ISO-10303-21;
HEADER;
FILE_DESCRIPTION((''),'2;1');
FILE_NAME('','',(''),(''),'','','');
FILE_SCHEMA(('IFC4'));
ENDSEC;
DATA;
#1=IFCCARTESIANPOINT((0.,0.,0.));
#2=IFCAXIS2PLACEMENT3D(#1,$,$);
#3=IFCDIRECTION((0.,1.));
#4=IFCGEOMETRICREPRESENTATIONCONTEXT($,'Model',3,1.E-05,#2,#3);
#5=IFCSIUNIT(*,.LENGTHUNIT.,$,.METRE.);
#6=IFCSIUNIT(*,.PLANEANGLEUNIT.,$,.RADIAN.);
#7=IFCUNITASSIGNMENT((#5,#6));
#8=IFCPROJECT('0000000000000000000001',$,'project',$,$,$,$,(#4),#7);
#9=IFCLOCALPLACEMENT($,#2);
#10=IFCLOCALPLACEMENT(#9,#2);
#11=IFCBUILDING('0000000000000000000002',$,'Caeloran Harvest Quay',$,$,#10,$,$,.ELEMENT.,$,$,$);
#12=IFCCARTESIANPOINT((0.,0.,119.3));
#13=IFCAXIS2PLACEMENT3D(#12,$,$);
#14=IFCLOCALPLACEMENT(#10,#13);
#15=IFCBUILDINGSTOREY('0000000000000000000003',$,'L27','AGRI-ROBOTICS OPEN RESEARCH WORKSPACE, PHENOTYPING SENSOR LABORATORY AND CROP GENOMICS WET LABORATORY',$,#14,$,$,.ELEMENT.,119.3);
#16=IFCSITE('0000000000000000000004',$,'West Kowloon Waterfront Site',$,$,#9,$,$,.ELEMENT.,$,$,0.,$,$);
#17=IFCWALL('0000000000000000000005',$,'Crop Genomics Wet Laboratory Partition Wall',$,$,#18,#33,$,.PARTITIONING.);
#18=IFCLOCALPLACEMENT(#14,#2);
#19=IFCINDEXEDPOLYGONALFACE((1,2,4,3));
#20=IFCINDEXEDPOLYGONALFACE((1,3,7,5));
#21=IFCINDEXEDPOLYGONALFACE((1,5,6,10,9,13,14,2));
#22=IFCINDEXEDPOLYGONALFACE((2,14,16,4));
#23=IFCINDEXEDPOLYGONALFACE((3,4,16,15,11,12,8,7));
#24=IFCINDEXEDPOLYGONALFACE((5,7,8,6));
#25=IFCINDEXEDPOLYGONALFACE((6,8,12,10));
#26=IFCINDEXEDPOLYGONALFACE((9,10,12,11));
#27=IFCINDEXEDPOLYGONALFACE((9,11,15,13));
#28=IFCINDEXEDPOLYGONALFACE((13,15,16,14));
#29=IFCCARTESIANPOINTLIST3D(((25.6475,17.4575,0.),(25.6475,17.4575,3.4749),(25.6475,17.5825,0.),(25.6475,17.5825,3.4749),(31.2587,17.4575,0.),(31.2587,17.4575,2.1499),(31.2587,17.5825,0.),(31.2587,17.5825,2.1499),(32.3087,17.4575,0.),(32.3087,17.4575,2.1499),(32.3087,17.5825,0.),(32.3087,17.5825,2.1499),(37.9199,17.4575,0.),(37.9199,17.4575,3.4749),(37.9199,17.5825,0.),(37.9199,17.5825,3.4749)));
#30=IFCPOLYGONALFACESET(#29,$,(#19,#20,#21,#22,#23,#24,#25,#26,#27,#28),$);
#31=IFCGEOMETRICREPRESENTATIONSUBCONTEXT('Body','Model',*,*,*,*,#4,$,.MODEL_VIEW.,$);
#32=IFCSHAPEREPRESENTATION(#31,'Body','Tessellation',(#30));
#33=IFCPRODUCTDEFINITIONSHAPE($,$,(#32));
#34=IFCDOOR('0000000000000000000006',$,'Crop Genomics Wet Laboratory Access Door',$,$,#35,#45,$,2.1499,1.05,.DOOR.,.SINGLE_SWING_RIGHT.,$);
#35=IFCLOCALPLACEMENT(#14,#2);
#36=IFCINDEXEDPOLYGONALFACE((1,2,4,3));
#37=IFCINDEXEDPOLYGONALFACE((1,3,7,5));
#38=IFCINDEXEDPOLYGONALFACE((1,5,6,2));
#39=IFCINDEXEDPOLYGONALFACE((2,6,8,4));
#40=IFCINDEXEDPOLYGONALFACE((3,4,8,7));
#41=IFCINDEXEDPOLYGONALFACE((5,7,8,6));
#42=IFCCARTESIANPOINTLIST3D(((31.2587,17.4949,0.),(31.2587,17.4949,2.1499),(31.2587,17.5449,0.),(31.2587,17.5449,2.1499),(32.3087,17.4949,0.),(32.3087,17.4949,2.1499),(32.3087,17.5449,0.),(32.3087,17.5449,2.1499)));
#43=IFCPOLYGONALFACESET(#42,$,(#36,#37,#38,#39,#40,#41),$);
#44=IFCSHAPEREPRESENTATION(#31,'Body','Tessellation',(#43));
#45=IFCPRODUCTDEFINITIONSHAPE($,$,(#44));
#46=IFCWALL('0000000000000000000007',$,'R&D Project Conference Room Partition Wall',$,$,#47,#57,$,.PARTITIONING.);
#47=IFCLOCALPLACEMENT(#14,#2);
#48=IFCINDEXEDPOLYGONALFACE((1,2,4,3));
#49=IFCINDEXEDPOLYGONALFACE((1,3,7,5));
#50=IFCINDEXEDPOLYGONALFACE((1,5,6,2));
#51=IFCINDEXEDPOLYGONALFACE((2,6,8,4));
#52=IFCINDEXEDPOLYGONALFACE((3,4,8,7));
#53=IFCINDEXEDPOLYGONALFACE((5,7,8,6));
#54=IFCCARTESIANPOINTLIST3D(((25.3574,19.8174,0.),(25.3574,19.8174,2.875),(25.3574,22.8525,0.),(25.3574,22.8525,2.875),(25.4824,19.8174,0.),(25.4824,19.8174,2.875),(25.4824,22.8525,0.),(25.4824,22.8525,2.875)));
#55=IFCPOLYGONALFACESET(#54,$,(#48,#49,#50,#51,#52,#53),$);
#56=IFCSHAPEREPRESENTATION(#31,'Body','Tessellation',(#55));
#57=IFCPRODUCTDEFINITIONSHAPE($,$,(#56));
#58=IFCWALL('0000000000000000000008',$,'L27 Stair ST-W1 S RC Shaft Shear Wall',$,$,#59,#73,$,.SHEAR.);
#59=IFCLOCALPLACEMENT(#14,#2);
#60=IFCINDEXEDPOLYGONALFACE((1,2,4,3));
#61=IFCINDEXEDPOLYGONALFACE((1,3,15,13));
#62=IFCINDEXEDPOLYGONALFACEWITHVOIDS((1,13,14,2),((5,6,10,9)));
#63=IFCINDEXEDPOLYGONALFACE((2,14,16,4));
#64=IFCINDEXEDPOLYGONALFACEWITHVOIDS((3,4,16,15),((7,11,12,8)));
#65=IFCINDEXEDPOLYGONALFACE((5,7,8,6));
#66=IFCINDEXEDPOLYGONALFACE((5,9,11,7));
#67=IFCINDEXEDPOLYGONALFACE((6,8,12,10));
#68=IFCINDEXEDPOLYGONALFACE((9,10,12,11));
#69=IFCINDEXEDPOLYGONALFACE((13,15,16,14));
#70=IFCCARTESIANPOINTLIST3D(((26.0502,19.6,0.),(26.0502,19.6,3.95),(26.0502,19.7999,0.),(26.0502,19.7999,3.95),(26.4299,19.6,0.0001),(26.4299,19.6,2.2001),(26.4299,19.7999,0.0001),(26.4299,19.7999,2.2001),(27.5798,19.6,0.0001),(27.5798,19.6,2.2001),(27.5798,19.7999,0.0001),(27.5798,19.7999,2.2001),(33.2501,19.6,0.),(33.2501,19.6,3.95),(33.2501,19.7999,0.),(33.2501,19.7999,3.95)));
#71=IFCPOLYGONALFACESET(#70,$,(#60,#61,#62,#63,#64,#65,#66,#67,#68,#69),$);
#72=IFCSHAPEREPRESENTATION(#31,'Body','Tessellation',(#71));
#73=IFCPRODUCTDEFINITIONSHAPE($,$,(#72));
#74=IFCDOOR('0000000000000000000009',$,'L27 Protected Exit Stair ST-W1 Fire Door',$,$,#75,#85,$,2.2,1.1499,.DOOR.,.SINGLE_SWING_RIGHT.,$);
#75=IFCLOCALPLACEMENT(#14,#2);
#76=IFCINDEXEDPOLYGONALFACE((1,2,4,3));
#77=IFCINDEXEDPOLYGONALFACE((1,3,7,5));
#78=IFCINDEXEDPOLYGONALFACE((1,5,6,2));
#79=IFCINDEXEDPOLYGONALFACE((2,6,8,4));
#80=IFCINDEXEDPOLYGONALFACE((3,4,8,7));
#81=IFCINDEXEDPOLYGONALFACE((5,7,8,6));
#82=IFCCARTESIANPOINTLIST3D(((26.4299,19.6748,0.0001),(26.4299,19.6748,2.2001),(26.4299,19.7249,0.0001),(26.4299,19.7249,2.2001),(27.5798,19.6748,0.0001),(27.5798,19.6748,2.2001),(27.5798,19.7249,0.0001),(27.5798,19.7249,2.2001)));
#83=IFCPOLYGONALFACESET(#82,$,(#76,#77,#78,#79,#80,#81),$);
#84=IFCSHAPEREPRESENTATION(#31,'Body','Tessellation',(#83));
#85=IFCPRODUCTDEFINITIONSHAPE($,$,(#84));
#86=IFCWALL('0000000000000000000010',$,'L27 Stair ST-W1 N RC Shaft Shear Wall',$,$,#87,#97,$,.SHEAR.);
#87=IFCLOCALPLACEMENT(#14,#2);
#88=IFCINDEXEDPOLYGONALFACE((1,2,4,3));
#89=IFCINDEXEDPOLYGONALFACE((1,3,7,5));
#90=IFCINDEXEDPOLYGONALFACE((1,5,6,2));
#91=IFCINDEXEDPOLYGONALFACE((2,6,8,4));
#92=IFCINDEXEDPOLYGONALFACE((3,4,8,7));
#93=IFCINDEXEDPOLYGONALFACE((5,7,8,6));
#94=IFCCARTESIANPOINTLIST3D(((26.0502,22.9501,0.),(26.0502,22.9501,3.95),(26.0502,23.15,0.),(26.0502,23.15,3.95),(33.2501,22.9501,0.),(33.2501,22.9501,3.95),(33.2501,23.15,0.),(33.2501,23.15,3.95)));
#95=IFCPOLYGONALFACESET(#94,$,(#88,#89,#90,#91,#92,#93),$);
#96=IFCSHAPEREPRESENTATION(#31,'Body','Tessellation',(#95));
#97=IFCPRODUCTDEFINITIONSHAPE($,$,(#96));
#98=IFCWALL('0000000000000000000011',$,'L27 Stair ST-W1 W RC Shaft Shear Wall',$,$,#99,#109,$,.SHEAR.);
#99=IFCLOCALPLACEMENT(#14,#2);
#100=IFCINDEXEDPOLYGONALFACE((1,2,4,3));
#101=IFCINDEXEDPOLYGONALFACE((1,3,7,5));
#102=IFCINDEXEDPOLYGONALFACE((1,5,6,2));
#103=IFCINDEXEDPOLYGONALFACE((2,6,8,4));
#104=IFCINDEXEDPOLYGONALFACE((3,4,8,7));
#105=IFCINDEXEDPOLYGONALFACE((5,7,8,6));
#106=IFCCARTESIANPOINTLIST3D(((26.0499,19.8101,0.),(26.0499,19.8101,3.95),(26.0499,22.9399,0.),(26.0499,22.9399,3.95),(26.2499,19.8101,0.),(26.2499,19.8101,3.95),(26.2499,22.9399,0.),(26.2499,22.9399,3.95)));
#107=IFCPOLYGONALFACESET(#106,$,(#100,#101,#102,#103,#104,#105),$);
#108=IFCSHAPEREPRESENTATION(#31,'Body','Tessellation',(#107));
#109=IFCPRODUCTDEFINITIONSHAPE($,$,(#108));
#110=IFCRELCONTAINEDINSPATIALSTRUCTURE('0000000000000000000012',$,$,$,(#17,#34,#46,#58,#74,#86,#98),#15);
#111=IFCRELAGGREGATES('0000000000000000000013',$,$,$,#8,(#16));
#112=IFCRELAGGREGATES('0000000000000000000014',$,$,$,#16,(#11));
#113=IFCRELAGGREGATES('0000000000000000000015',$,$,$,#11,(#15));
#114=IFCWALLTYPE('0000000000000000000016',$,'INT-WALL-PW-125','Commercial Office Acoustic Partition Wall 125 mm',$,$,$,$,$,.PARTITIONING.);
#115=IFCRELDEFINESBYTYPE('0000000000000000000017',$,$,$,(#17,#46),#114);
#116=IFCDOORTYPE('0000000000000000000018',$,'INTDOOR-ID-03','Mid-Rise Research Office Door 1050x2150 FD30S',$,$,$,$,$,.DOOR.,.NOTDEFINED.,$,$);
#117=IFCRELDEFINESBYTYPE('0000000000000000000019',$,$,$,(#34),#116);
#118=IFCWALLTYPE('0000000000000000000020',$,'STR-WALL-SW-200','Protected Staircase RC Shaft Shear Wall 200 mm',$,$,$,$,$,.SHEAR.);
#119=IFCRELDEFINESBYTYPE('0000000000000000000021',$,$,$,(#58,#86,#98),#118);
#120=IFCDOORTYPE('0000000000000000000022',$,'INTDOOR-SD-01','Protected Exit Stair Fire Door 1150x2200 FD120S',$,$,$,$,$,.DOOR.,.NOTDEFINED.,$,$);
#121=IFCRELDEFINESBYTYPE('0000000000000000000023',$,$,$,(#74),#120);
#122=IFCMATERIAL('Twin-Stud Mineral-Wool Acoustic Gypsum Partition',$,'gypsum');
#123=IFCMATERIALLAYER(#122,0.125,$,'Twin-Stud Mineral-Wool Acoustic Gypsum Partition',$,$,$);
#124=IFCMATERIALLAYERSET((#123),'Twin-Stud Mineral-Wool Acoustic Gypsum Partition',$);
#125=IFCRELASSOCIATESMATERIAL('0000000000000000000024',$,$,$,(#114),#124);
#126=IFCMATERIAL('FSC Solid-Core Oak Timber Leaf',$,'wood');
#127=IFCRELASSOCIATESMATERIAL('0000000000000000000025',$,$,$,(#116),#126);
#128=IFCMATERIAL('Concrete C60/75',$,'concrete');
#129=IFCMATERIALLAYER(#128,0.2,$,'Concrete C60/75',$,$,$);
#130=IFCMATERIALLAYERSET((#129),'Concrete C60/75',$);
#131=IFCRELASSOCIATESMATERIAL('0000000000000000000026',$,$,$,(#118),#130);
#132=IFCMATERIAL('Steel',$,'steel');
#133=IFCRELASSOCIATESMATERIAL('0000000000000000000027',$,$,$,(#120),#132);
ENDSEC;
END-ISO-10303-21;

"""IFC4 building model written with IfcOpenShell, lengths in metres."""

from ifc_helpers import new_model, si_unit, direction, frame, frame_2d, origin, place, context, subcontext, project, spatial, rectangle, extrude, material, layer, layer_set, type_object, element, fill, save


model = new_model("IFC4")

# Units and contexts
model_context = context("Model", 3, precision=1e-05, world=origin(), true_north=direction((0.0, 1.0)))
body_context = subcontext(model_context, "Body", "Model", "MODEL_VIEW")
ifc_project = project(units=[si_unit("LENGTHUNIT", "METRE"), si_unit("PLANEANGLEUNIT", "RADIAN")], contexts=[model_context])

# Site, building, storey
site_placement = place(None, origin())
site = spatial("IfcSite", under=ifc_project, at=site_placement, Name="West Kowloon Waterfront Site", CompositionType="ELEMENT", RefElevation=0.0)
building_placement = place(site_placement, origin())
building = spatial("IfcBuilding", under=site, at=building_placement, Name="Caeloran Harvest Quay", CompositionType="ELEMENT")
storey_placement = place(building_placement, frame((0.0, 0.0, 119.3)))
storey = spatial("IfcBuildingStorey", under=building, at=storey_placement, Name="L27", Description="AGRI-ROBOTICS OPEN RESEARCH WORKSPACE, PHENOTYPING SENSOR LABORATORY AND CROP GENOMICS WET LABORATORY", CompositionType="ELEMENT", Elevation=119.3)

# Wall, opening, door
ifc_material_1 = material(Name="Twin-Stud Mineral-Wool Acoustic Gypsum Partition", Category="gypsum")
ifc_layer_1 = layer(ifc_material_1, 0.125, Name="Twin-Stud Mineral-Wool Acoustic Gypsum Partition")
ifc_layer_set_1 = layer_set([ifc_layer_1], Name="Twin-Stud Mineral-Wool Acoustic Gypsum Partition")
wall_type_1 = type_object("IfcWallType", Name="INT-WALL-PW-125", Description="Commercial Office Acoustic Partition Wall 125 mm", PredefinedType="PARTITIONING", material=ifc_layer_set_1)
wall_1_placement = place(storey_placement, frame((25.6475, 17.52, 0.0), z_axis=(0.0, 0.0, 1.0), x_axis=(1.0, 0.0, 0.0)))
wall_1 = element("IfcWall", 1, at=wall_1_placement, inside=storey, type_object=wall_type_1, Name="Crop Genomics Wet Laboratory Partition Wall", PredefinedType="PARTITIONING", context=body_context, shape_type="SweptSolid", body=[
    extrude(rectangle(XDim=12.2725, YDim=0.125, at=frame_2d((6.1362, 0.0))), origin(), (0.0, 0.0, 1.0), 3.4749),
])
opening_1_placement = place(wall_1_placement, frame((5.6113, 0.0, 0.0)))
opening_1 = element("IfcOpeningElement", 2, at=opening_1_placement, cuts=wall_1, PredefinedType="OPENING", context=body_context, shape_type="SweptSolid", body=[
    extrude(rectangle(XDim=1.05, YDim=2.1499, at=frame_2d((0.5249, 1.075))), frame((0.0, 0.0725, 0.0), z_axis=(0.0, -1.0, 0.0), x_axis=(1.0, 0.0, 0.0)), (0.0, 0.0, 1.0), 0.145),
])
ifc_material_2 = material(Name="FSC Solid-Core Oak Timber Leaf", Category="wood")
door_type_1 = type_object("IfcDoorType", Name="INTDOOR-ID-03", Description="Mid-Rise Research Office Door 1050x2150 FD30S", OperationType="NOTDEFINED", PredefinedType="DOOR", material=ifc_material_2)
door_1_placement = place(opening_1_placement, origin())
door_1 = element("IfcDoor", 3, at=door_1_placement, inside=storey, type_object=door_type_1, Name="Crop Genomics Wet Laboratory Access Door", OperationType="SINGLE_SWING_RIGHT", OverallHeight=2.1499, OverallWidth=1.05, PredefinedType="DOOR", context=body_context, shape_type="SweptSolid", body=[
    extrude(rectangle(XDim=1.05, YDim=2.1499, at=frame_2d((0.5249, 1.075))), frame((0.0, 0.0249, 0.0), z_axis=(0.0, -1.0, 0.0), x_axis=(1.0, 0.0, 0.0)), (0.0, 0.0, 1.0), 0.05),
])
fill(opening_1, door_1)

# Wall
wall_2_placement = place(storey_placement, frame((25.4199, 22.8525, 0.0), z_axis=(0.0, 0.0, 1.0), x_axis=(0.0, -1.0, 0.0)))
element("IfcWall", 4, at=wall_2_placement, inside=storey, type_object=wall_type_1, Name="R&D Project Conference Room Partition Wall", PredefinedType="PARTITIONING", context=body_context, shape_type="SweptSolid", body=[
    extrude(rectangle(XDim=3.0352, YDim=0.125, at=frame_2d((1.5176, 0.0))), origin(), (0.0, 0.0, 1.0), 2.875),
])

# Wall, opening, door
ifc_material_3 = material(Name="Concrete C60/75", Category="concrete")
ifc_layer_2 = layer(ifc_material_3, 0.2, Name="Concrete C60/75")
ifc_layer_set_2 = layer_set([ifc_layer_2], Name="Concrete C60/75")
wall_type_2 = type_object("IfcWallType", Name="STR-WALL-SW-200", Description="Protected Staircase RC Shaft Shear Wall 200 mm", PredefinedType="SHEAR", material=ifc_layer_set_2)
wall_3_placement = place(storey_placement, frame((26.05, 19.7, 0.0), z_axis=(0.0, 0.0, 1.0), x_axis=(1.0, 0.0, 0.0)))
wall_3 = element("IfcWall", 5, at=wall_3_placement, inside=storey, type_object=wall_type_2, Name="L27 Stair ST-W1 S RC Shaft Shear Wall", PredefinedType="SHEAR", context=body_context, shape_type="SweptSolid", body=[
    extrude(rectangle(XDim=7.2, YDim=0.2, at=frame_2d((3.6001, 0.0))), origin(), (0.0, 0.0, 1.0), 3.95),
])
opening_2_placement = place(wall_3_placement, frame((0.3799, 0.0, 0.0)))
opening_2 = element("IfcOpeningElement", 6, at=opening_2_placement, cuts=wall_3, PredefinedType="OPENING", context=body_context, shape_type="SweptSolid", body=[
    extrude(rectangle(XDim=1.1499, YDim=2.2, at=frame_2d((0.575, 1.1001))), frame((0.0, 0.1099, 0.0), z_axis=(0.0, -1.0, 0.0), x_axis=(1.0, 0.0, 0.0)), (0.0, 0.0, 1.0), 0.22),
])
ifc_material_4 = material(Name="Steel", Category="steel")
door_type_2 = type_object("IfcDoorType", Name="INTDOOR-SD-01", Description="Protected Exit Stair Fire Door 1150x2200 FD120S", OperationType="NOTDEFINED", PredefinedType="DOOR", material=ifc_material_4)
door_2_placement = place(opening_2_placement, origin())
door_2 = element("IfcDoor", 7, at=door_2_placement, inside=storey, type_object=door_type_2, Name="L27 Protected Exit Stair ST-W1 Fire Door", OperationType="SINGLE_SWING_RIGHT", OverallHeight=2.2, OverallWidth=1.1499, PredefinedType="DOOR", context=body_context, shape_type="SweptSolid", body=[
    extrude(rectangle(XDim=1.1499, YDim=2.2, at=frame_2d((0.575, 1.1001))), frame((0.0, 0.0249, 0.0), z_axis=(0.0, -1.0, 0.0), x_axis=(1.0, 0.0, 0.0)), (0.0, 0.0, 1.0), 0.05),
])
fill(opening_2, door_2)

# Walls
wall_4_placement = place(storey_placement, frame((26.05, 23.05, 0.0), z_axis=(0.0, 0.0, 1.0), x_axis=(1.0, 0.0, 0.0)))
element("IfcWall", 8, at=wall_4_placement, inside=storey, type_object=wall_type_2, Name="L27 Stair ST-W1 N RC Shaft Shear Wall", PredefinedType="SHEAR", context=body_context, shape_type="SweptSolid", body=[
    extrude(rectangle(XDim=7.2, YDim=0.2, at=frame_2d((3.6001, 0.0))), origin(), (0.0, 0.0, 1.0), 3.95),
])
wall_5_placement = place(storey_placement, frame((26.1499, 19.8101, 0.0), z_axis=(0.0, 0.0, 1.0), x_axis=(0.0, 1.0, 0.0)))
element("IfcWall", 9, at=wall_5_placement, inside=storey, type_object=wall_type_2, Name="L27 Stair ST-W1 W RC Shaft Shear Wall", PredefinedType="SHEAR", context=body_context, shape_type="SweptSolid", body=[
    extrude(rectangle(XDim=3.1299, YDim=0.2, at=frame_2d((1.5649, 0.0))), origin(), (0.0, 0.0, 1.0), 3.95),
])

save(model, "model.ifc")
